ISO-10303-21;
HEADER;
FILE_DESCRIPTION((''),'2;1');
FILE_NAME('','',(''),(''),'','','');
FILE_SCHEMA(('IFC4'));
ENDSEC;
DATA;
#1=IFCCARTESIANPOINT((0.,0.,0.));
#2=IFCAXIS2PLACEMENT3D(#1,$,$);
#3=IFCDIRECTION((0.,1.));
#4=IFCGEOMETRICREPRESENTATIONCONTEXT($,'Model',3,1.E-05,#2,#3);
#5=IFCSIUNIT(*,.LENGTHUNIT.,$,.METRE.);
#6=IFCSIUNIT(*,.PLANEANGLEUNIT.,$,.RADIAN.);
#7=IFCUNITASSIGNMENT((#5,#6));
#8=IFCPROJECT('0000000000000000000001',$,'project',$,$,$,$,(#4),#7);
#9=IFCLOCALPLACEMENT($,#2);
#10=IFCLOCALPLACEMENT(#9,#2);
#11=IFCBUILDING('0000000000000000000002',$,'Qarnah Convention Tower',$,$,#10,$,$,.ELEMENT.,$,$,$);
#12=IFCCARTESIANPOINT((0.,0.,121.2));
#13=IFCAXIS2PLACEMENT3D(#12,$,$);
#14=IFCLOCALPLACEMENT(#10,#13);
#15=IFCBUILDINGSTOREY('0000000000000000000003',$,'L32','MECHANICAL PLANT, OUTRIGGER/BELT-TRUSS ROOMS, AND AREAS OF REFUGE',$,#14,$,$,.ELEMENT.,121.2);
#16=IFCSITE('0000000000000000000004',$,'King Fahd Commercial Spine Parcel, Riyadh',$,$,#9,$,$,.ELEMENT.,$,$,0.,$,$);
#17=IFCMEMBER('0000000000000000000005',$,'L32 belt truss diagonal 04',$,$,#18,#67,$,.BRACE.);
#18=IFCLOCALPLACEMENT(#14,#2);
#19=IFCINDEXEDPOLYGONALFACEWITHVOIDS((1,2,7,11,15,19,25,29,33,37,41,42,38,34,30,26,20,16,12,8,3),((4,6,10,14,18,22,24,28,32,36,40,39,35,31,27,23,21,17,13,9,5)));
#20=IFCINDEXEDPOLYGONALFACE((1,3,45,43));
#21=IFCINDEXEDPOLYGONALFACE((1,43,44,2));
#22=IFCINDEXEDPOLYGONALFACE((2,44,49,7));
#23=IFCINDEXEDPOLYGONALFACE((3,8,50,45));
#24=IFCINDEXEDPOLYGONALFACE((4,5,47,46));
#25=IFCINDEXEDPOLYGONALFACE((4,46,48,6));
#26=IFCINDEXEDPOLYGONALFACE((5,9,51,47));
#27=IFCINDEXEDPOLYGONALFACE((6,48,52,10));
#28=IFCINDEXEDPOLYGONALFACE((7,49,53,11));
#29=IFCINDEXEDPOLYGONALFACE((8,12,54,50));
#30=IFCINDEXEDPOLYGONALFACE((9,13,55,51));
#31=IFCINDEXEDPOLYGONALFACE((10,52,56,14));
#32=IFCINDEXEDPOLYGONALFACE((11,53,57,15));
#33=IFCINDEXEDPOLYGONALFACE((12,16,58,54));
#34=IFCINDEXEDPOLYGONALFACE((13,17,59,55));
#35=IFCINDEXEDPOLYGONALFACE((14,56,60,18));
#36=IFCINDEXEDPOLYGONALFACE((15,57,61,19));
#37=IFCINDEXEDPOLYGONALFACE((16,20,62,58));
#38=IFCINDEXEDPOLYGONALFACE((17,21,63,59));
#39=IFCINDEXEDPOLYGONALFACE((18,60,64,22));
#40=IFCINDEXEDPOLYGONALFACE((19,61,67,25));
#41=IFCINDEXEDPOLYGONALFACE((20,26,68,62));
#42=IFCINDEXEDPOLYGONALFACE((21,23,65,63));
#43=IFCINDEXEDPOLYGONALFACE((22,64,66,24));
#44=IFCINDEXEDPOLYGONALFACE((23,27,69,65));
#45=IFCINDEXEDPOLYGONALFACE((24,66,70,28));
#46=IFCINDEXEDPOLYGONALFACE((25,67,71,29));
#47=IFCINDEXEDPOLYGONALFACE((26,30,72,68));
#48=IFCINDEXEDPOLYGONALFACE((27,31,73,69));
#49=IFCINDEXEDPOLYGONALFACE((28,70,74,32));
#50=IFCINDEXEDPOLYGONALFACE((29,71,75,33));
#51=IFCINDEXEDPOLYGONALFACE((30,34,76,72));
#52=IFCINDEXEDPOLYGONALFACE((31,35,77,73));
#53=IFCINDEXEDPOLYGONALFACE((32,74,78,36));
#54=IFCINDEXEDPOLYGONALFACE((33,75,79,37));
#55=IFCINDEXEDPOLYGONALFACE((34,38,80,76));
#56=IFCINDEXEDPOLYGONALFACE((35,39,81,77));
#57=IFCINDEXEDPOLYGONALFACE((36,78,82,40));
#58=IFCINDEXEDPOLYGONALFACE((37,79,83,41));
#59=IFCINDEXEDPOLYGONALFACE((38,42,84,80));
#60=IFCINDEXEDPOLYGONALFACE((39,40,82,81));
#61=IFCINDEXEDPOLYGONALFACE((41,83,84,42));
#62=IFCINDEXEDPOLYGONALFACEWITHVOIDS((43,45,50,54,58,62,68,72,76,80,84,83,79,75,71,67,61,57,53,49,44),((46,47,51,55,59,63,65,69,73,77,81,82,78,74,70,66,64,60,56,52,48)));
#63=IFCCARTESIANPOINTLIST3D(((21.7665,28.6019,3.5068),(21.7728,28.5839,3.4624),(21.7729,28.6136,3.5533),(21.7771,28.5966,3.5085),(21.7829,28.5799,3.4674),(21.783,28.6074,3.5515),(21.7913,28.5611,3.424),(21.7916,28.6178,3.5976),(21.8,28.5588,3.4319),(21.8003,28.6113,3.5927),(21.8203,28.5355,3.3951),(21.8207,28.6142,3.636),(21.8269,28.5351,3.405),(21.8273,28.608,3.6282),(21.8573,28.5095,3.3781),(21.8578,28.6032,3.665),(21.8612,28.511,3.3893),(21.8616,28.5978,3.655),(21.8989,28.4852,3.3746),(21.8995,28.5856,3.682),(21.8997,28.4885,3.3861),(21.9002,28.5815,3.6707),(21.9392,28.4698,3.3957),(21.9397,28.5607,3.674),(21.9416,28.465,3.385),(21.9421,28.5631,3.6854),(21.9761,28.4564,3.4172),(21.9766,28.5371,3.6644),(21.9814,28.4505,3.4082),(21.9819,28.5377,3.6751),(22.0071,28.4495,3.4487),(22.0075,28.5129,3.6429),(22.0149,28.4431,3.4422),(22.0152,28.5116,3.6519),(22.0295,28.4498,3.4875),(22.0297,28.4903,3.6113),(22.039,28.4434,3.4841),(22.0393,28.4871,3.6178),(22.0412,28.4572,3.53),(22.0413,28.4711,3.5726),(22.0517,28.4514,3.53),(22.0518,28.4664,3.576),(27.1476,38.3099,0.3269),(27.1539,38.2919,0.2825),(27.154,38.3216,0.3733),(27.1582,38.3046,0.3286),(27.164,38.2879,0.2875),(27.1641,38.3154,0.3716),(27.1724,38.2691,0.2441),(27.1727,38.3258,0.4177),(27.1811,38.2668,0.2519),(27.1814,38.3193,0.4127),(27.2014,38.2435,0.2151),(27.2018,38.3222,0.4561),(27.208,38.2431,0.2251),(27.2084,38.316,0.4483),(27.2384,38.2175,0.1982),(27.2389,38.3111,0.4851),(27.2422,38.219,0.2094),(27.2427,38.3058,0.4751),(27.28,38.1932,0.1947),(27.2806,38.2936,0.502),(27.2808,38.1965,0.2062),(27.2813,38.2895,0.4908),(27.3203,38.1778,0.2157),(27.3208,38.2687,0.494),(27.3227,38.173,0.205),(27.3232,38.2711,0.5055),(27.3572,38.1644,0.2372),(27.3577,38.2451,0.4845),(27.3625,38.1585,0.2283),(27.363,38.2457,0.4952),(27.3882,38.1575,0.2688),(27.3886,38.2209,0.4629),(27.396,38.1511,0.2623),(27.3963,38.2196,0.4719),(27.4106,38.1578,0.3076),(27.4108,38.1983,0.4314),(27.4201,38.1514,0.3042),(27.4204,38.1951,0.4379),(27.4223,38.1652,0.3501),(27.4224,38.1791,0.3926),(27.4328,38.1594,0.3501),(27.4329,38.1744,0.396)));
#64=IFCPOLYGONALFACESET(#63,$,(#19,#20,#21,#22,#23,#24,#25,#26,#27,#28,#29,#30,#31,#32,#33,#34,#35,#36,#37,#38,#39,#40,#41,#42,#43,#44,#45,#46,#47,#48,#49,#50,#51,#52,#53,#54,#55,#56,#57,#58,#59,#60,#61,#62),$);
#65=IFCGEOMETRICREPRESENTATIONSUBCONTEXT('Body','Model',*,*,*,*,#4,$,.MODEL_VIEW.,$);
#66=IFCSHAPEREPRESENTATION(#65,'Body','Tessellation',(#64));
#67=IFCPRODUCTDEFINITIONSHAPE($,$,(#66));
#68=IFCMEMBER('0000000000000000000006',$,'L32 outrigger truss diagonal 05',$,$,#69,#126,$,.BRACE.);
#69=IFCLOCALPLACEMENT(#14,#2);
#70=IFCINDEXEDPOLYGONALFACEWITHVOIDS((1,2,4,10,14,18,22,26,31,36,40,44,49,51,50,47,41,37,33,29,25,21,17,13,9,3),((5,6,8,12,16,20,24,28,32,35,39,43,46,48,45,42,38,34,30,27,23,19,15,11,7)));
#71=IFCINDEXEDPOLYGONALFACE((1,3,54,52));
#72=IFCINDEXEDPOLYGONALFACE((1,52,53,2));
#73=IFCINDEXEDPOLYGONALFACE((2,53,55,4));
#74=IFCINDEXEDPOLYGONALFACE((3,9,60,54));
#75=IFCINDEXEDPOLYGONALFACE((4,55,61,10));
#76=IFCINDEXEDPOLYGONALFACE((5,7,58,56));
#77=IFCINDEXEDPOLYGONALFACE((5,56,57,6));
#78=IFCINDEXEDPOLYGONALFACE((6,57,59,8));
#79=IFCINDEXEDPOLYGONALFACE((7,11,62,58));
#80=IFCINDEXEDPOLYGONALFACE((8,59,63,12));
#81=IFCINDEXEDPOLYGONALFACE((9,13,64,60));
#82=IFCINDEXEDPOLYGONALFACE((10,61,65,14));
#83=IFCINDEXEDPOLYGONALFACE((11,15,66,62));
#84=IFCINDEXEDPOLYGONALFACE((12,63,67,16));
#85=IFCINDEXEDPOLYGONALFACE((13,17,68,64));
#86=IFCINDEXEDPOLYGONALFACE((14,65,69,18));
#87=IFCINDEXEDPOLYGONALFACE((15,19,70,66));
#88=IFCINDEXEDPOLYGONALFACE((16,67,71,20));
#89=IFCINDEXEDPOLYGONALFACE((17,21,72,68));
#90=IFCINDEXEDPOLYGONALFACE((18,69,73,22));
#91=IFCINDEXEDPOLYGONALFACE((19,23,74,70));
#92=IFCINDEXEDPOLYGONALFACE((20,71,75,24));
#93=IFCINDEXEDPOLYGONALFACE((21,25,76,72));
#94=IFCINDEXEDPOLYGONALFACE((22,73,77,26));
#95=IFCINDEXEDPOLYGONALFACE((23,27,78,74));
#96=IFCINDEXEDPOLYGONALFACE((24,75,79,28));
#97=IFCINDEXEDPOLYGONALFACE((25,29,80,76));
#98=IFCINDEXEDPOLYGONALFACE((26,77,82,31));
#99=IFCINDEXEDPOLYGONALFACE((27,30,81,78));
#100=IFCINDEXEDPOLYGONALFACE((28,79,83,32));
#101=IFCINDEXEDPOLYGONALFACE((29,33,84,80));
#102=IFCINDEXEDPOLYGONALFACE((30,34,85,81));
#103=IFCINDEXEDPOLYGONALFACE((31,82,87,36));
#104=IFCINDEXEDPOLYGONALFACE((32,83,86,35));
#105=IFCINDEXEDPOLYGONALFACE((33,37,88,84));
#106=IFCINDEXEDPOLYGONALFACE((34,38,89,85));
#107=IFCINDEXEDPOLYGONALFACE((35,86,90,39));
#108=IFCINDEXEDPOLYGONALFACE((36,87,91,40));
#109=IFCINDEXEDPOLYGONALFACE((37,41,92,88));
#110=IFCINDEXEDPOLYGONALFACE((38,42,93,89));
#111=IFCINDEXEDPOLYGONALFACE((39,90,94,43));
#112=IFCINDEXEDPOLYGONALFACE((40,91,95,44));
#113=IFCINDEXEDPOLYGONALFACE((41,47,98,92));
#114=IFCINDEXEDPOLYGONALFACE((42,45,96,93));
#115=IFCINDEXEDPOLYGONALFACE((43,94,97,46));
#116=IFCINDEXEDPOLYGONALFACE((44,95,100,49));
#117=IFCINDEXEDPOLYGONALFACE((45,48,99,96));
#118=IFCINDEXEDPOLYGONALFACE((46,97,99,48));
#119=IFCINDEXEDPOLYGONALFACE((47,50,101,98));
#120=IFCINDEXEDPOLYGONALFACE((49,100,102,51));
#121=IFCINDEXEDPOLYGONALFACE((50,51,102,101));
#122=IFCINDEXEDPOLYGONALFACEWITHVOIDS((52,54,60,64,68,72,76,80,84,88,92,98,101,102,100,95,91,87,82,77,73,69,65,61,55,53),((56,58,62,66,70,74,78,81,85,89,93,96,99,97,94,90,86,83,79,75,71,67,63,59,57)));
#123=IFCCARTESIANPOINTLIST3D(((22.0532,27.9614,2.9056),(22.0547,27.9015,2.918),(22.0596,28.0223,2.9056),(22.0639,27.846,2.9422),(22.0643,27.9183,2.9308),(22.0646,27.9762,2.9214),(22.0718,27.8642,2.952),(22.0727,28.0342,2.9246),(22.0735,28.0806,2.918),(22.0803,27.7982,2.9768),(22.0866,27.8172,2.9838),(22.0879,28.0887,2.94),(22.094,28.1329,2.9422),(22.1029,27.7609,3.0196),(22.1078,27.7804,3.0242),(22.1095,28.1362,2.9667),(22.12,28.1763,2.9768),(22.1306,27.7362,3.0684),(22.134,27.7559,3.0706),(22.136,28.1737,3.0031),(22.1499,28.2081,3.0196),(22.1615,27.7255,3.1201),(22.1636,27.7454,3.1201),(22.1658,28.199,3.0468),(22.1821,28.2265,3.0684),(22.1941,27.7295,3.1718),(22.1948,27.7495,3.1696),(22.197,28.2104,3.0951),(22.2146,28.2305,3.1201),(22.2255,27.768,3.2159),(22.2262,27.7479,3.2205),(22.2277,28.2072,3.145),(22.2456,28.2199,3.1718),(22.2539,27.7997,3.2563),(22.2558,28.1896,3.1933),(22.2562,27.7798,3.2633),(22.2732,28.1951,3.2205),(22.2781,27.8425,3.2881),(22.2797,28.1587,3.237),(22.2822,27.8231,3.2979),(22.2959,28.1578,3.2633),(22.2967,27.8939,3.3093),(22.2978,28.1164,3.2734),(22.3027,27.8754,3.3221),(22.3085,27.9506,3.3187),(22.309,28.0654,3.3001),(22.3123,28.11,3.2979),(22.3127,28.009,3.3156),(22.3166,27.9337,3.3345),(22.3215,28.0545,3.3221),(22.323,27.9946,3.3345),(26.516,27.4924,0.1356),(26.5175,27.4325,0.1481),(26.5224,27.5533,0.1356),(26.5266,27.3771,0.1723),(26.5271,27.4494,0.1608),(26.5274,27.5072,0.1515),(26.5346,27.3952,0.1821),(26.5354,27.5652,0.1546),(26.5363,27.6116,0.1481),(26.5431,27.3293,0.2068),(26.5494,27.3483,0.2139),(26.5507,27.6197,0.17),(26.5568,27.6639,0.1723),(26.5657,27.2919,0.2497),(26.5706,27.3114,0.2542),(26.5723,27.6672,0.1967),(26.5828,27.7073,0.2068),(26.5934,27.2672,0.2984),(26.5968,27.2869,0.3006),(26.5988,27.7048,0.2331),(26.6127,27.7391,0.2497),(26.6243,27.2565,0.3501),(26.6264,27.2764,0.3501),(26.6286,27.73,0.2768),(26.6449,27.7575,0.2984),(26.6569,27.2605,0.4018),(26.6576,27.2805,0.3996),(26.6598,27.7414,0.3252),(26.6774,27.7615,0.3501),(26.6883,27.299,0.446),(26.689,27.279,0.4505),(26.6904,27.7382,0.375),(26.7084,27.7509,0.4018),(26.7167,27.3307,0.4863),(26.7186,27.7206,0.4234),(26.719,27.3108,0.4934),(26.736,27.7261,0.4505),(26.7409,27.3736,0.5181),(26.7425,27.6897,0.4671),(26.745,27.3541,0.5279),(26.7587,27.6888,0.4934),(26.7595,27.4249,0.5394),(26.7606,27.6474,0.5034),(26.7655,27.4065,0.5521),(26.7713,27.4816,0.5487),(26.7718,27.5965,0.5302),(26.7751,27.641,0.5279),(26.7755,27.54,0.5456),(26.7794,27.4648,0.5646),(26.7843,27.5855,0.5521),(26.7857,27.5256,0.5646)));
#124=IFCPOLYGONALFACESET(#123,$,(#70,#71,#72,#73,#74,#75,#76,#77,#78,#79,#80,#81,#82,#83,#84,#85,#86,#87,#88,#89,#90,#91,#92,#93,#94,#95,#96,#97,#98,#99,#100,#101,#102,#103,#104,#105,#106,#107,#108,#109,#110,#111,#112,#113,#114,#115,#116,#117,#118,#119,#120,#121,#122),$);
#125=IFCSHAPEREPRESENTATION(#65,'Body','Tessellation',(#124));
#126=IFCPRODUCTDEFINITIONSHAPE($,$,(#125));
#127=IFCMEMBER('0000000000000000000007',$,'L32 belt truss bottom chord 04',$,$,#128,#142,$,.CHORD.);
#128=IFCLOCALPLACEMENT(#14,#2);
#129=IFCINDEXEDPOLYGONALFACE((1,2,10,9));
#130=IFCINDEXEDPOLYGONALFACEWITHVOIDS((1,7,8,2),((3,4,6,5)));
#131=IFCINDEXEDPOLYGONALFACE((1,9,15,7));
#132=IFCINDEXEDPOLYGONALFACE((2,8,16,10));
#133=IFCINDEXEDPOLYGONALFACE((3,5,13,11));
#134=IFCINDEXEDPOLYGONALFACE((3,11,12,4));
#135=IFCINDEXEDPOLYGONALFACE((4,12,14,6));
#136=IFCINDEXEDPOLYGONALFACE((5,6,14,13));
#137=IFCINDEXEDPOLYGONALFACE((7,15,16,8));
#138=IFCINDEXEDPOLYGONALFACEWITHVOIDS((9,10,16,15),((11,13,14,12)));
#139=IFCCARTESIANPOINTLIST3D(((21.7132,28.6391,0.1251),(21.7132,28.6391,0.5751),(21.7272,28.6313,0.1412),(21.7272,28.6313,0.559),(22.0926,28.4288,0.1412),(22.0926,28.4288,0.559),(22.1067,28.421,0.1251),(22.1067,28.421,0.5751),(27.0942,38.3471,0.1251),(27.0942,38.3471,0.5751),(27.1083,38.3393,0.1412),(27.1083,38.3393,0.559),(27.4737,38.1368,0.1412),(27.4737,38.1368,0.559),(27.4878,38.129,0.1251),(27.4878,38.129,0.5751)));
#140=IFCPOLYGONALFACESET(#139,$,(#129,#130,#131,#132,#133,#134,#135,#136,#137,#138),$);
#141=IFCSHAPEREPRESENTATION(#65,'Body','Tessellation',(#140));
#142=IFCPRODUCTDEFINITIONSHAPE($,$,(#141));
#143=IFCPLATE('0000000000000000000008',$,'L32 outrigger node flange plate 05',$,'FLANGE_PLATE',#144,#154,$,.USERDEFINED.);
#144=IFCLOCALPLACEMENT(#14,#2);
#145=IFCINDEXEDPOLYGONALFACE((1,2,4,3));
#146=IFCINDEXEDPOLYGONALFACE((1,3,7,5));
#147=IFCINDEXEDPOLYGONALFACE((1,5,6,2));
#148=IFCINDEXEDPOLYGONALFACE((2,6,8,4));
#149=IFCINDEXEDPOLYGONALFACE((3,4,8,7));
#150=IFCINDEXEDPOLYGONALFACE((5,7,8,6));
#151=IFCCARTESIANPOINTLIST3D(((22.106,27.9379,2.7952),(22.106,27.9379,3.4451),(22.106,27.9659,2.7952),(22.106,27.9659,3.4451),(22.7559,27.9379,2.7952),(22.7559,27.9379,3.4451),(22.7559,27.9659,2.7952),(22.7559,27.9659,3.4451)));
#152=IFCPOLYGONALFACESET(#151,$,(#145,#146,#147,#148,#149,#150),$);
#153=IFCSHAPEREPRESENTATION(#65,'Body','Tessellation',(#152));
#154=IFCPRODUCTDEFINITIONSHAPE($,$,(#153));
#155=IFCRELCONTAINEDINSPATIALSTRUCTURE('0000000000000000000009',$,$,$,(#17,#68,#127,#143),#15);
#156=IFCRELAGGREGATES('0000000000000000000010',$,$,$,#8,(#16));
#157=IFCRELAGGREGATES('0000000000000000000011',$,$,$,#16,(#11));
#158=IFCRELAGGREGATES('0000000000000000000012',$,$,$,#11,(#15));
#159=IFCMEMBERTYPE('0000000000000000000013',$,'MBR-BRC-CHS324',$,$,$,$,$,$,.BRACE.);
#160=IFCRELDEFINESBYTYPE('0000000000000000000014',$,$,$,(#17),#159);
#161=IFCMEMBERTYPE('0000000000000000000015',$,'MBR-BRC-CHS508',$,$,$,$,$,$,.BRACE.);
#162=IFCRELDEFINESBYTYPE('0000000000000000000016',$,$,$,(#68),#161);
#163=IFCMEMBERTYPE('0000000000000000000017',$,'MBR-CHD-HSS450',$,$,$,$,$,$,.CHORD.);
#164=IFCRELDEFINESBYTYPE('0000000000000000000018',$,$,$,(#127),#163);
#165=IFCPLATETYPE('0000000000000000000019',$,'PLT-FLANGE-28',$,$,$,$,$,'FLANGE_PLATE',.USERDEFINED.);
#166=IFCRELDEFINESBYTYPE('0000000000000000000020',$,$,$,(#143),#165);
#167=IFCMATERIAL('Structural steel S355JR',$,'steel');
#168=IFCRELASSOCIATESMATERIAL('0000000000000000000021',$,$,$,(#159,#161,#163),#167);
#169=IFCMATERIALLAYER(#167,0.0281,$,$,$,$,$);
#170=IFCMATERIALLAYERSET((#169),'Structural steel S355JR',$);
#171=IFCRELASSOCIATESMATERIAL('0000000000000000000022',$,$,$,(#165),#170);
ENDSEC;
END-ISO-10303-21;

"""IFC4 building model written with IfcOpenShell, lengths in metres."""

from ifc_helpers import new_model, si_unit, direction, frame, origin, origin_2d, place, context, subcontext, project, spatial, rectangle, hollow_rectangle, hollow_circle, extrude, material, layer, layer_set, material_profile, profile_set, type_object, element, save


model = new_model("IFC4")

# Units and contexts
model_context = context("Model", 3, precision=1e-05, world=origin(), true_north=direction((0.0, 1.0)))
body_context = subcontext(model_context, "Body", "Model", "MODEL_VIEW")
ifc_project = project(units=[si_unit("LENGTHUNIT", "METRE"), si_unit("PLANEANGLEUNIT", "RADIAN")], contexts=[model_context])

# Site, building, storey
site_placement = place(None, origin())
site = spatial("IfcSite", under=ifc_project, at=site_placement, Name="King Fahd Commercial Spine Parcel, Riyadh", CompositionType="ELEMENT", RefElevation=0.0)
building_placement = place(site_placement, origin())
building = spatial("IfcBuilding", under=site, at=building_placement, Name="Qarnah Convention Tower", CompositionType="ELEMENT")
storey_placement = place(building_placement, frame((0.0, 0.0, 121.2)))
storey = spatial("IfcBuildingStorey", under=building, at=storey_placement, Name="L32", Description="MECHANICAL PLANT, OUTRIGGER/BELT-TRUSS ROOMS, AND AREAS OF REFUGE", CompositionType="ELEMENT", Elevation=121.2)

# Shared definitions
ifc_material_1 = material(Name="Structural steel S355JR", Category="steel")

# Members
ifc_material_profile_1 = material_profile(ifc_material_1, hollow_circle(Radius=0.1621, WallThickness=0.012, at=origin_2d()), Name="CHS324X12")
ifc_profile_set_1 = profile_set([ifc_material_profile_1], Name="Structural steel S355JR")
member_type_1 = type_object("IfcMemberType", Name="MBR-BRC-CHS324", PredefinedType="BRACE", material=ifc_profile_set_1)
member_1_placement = place(storey_placement, frame((27.291, 38.238, 0.3501), z_axis=(-0.466052, -0.8408, 0.27541), x_axis=(0.874625, -0.4848, 0.0)))
element("IfcMember", 1, at=member_1_placement, inside=storey, type_object=member_type_1, Name="L32 belt truss diagonal 04", PredefinedType="BRACE", context=body_context, shape_type="SweptSolid", body=[
    extrude(hollow_circle(Radius=0.1621, WallThickness=0.012, at=origin_2d()), origin(), (0.0, 0.0, 1.0), 11.5461),
])
ifc_material_profile_2 = material_profile(ifc_material_1, hollow_circle(Radius=0.2539, WallThickness=0.02, at=origin_2d()), Name="CHS508X20")
ifc_profile_set_2 = profile_set([ifc_material_profile_2], Name="Structural steel S355JR")
member_type_2 = type_object("IfcMemberType", Name="MBR-BRC-CHS508", PredefinedType="BRACE", material=ifc_profile_set_2)
member_2_placement = place(storey_placement, frame((26.6509, 27.509, 0.3501), z_axis=(-0.846278, 0.088933, 0.525266), x_axis=(-0.104512, -0.994524, 0.0)))
element("IfcMember", 2, at=member_2_placement, inside=storey, type_object=member_type_2, Name="L32 outrigger truss diagonal 05", PredefinedType="BRACE", context=body_context, shape_type="SweptSolid", body=[
    extrude(hollow_circle(Radius=0.2539, WallThickness=0.02, at=origin_2d()), origin(), (0.0, 0.0, 1.0), 5.2734),
])
ifc_material_profile_3 = material_profile(ifc_material_1, hollow_rectangle(XDim=0.45, YDim=0.45, WallThickness=0.0161, at=origin_2d()), Name="HSS450X450X16")
ifc_profile_set_3 = profile_set([ifc_material_profile_3], Name="Structural steel S355JR")
member_type_3 = type_object("IfcMemberType", Name="MBR-CHD-HSS450", PredefinedType="CHORD", material=ifc_profile_set_3)
member_3_placement = place(storey_placement, frame((27.291, 38.238, 0.3501), z_axis=(-0.4848, -0.874625, 0.0), x_axis=(0.874625, -0.4848, 0.0)))
element("IfcMember", 3, at=member_3_placement, inside=storey, type_object=member_type_3, Name="L32 belt truss bottom chord 04", PredefinedType="CHORD", context=body_context, shape_type="SweptSolid", body=[
    extrude(hollow_rectangle(XDim=0.45, YDim=0.45, WallThickness=0.0161, at=origin_2d()), origin(), (0.0, 0.0, 1.0), 11.0996),
])

# Plate
ifc_layer_1 = layer(ifc_material_1, 0.0281)
ifc_layer_set_1 = layer_set([ifc_layer_1], Name="Structural steel S355JR")
plate_type = type_object("IfcPlateType", Name="PLT-FLANGE-28", ElementType="FLANGE_PLATE", PredefinedType="USERDEFINED", material=ifc_layer_set_1)
plate_placement = place(storey_placement, frame((22.4309, 27.9519, 2.7952), z_axis=(0.0, 0.0, 1.0), x_axis=(1.0, 0.0, 0.0)))
element("IfcPlate", 4, at=plate_placement, inside=storey, type_object=plate_type, Name="L32 outrigger node flange plate 05", ObjectType="FLANGE_PLATE", PredefinedType="USERDEFINED", context=body_context, shape_type="SweptSolid", body=[
    extrude(rectangle(XDim=0.6499, YDim=0.0281, at=origin_2d()), origin(), (0.0, 0.0, 1.0), 0.6499),
])

save(model, "model.ifc")
